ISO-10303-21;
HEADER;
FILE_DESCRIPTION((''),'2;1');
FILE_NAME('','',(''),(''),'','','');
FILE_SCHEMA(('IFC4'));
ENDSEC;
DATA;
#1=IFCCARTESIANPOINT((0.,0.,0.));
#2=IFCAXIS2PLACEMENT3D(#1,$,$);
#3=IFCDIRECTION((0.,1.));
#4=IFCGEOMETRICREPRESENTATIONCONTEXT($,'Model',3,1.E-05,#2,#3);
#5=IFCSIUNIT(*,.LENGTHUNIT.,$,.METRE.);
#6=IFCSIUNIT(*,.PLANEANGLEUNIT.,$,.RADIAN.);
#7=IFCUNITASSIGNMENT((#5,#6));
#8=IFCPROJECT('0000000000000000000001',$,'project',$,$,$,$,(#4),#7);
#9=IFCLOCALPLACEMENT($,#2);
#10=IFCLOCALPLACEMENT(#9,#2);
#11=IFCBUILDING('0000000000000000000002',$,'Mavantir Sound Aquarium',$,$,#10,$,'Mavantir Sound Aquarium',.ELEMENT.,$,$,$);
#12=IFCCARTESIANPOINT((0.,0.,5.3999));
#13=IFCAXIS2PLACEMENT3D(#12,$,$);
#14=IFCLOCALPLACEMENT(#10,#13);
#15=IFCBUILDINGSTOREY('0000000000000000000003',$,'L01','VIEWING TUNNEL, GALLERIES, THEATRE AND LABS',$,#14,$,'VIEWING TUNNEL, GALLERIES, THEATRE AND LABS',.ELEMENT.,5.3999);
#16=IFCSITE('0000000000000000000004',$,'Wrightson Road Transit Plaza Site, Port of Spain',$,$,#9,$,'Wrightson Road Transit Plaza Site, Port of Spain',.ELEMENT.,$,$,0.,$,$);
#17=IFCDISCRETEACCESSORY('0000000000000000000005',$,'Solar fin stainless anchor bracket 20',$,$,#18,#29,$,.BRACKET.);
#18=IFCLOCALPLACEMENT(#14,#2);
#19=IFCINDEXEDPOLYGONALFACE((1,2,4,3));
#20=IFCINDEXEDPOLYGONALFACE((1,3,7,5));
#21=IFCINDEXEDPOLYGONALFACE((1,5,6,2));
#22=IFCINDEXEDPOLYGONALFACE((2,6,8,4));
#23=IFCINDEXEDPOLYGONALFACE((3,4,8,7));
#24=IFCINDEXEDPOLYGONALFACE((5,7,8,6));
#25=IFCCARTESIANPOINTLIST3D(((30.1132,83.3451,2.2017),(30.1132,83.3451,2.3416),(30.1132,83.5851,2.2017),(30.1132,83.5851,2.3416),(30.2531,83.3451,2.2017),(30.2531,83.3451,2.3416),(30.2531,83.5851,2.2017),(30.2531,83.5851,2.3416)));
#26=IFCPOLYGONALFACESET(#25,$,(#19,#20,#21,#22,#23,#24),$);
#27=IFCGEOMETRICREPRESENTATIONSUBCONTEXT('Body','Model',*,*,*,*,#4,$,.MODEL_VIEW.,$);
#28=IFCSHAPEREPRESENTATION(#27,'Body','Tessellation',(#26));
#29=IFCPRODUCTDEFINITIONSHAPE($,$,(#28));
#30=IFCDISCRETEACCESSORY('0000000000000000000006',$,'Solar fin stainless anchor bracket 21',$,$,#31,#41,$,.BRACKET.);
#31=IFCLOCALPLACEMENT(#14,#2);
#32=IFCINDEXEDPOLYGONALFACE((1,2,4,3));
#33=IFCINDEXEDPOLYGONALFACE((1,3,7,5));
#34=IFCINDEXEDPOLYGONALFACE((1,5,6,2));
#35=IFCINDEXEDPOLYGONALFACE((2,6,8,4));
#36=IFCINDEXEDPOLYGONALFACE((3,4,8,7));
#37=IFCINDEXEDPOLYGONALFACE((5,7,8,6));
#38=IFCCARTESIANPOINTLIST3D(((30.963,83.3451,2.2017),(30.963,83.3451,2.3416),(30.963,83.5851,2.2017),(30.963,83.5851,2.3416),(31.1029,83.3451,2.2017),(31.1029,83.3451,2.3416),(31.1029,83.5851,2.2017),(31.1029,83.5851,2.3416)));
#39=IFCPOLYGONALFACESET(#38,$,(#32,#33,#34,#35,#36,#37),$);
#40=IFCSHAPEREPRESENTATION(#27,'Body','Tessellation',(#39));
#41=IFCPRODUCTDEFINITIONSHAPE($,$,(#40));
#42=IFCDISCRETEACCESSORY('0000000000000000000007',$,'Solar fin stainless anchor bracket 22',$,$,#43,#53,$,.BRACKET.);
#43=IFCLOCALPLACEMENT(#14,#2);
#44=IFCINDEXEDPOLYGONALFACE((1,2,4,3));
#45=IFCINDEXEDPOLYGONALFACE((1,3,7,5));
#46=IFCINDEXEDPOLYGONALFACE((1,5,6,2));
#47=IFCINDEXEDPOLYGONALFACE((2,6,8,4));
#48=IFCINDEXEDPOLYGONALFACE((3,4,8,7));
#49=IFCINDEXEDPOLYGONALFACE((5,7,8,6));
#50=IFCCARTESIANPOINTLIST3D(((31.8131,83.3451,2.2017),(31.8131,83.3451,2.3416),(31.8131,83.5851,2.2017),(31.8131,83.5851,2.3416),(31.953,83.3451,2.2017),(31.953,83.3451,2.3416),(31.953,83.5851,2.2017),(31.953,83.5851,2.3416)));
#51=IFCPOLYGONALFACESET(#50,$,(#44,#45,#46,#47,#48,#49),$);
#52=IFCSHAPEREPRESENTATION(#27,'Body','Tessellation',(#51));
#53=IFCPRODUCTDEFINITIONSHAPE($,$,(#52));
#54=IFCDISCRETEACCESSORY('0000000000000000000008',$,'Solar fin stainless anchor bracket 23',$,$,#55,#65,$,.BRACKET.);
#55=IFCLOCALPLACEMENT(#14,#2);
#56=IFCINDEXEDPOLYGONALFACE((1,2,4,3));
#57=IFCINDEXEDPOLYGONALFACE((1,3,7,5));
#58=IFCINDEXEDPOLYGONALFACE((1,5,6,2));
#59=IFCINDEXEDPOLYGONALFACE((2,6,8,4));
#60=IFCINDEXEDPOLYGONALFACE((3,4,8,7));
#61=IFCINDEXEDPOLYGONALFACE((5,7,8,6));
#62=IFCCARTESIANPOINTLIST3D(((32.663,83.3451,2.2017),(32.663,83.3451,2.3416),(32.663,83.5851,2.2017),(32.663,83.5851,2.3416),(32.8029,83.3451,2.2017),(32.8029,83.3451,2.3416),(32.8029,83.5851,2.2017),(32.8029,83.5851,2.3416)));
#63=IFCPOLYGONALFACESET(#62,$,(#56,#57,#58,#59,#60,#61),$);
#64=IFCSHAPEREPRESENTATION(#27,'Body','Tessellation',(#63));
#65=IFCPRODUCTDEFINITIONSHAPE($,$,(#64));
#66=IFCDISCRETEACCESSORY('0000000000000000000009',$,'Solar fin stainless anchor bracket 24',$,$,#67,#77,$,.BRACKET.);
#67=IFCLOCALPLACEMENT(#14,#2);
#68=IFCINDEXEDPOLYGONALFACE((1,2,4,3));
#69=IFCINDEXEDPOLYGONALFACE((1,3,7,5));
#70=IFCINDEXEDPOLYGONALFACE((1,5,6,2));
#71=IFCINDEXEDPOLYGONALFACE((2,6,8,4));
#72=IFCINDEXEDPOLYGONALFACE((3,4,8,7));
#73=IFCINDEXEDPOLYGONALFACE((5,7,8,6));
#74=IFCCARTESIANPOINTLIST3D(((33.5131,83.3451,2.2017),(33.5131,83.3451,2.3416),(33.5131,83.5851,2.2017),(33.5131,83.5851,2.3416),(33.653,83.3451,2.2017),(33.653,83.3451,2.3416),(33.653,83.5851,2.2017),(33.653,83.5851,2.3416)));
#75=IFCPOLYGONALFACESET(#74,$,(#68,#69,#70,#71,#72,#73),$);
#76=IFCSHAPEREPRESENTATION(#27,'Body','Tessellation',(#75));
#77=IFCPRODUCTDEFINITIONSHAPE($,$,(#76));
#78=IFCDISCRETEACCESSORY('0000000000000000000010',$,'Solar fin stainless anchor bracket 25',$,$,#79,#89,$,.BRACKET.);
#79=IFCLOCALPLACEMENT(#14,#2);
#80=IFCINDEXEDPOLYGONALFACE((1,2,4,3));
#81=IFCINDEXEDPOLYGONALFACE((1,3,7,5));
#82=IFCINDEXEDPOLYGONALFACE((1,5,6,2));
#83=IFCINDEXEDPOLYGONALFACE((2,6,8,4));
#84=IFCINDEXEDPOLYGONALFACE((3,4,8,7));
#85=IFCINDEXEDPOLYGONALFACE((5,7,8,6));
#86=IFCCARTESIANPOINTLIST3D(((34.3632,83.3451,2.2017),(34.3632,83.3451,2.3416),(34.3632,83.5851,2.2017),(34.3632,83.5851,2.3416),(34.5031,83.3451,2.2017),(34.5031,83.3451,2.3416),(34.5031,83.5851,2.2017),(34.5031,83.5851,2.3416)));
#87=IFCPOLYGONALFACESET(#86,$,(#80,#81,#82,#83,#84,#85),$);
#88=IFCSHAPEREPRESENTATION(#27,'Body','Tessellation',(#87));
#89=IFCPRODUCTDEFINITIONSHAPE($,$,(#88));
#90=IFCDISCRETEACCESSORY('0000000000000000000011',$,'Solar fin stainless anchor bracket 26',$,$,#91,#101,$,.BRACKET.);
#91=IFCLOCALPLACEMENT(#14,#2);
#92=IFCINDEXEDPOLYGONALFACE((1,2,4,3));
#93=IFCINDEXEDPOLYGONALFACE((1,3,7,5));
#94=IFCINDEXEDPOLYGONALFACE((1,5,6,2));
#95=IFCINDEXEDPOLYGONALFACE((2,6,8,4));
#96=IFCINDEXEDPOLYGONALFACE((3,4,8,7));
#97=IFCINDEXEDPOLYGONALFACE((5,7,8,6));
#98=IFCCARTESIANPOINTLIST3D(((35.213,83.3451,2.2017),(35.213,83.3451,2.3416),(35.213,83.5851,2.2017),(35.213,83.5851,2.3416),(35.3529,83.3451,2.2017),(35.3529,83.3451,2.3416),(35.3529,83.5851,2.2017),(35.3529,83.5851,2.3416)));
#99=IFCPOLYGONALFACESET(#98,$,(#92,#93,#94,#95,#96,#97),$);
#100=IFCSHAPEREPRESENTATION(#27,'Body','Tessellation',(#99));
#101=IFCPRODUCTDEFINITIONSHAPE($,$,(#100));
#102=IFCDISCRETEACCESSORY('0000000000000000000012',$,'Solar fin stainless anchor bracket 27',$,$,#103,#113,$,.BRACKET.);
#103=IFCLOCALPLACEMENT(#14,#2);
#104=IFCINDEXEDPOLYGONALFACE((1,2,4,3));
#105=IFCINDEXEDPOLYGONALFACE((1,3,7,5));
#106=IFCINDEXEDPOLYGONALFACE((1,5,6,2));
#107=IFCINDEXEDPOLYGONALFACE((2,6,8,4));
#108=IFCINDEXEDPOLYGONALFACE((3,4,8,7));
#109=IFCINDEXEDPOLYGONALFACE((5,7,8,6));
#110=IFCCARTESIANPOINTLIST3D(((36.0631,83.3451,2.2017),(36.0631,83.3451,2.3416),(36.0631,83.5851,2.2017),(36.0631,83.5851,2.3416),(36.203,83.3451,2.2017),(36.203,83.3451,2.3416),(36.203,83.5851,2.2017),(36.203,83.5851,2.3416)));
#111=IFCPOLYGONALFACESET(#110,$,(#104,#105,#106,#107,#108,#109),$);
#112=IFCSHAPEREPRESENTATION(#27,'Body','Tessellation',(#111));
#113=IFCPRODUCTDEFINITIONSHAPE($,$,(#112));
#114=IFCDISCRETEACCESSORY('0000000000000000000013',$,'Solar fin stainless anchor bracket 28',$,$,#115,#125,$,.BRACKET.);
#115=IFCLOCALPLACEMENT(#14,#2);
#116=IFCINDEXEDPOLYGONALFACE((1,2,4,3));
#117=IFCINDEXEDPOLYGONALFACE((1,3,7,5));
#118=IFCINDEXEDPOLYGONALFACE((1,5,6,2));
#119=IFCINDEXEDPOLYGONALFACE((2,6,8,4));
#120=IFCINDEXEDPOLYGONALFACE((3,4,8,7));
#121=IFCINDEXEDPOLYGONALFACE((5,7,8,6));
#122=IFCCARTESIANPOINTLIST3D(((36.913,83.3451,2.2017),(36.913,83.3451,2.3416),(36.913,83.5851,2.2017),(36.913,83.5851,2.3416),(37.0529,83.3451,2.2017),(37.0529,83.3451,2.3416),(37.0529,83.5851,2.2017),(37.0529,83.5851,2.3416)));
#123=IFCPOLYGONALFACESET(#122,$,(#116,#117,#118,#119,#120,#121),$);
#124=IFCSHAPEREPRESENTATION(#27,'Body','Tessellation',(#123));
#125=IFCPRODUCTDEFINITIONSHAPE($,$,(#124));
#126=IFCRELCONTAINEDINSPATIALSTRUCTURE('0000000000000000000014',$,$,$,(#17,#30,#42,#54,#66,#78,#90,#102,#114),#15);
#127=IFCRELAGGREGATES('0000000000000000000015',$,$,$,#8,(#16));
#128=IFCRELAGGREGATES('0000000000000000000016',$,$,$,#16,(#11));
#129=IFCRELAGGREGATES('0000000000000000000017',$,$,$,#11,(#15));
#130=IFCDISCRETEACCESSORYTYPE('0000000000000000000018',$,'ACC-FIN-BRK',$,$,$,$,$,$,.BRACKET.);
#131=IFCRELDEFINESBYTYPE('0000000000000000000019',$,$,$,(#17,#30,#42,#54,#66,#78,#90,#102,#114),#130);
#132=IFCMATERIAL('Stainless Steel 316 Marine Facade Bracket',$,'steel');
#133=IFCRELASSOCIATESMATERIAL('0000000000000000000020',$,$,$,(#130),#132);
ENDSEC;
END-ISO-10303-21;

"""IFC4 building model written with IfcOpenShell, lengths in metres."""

from ifc_helpers import new_model, si_unit, direction, frame, origin, origin_2d, place, context, subcontext, project, spatial, rectangle, extrude, material, type_object, element, save


model = new_model("IFC4")

# Units and contexts
model_context = context("Model", 3, precision=1e-05, world=origin(), true_north=direction((0.0, 1.0)))
body_context = subcontext(model_context, "Body", "Model", "MODEL_VIEW")
ifc_project = project(units=[si_unit("LENGTHUNIT", "METRE"), si_unit("PLANEANGLEUNIT", "RADIAN")], contexts=[model_context])

# Site, building, storey
site_placement = place(None, origin())
site = spatial("IfcSite", under=ifc_project, at=site_placement, Name="Wrightson Road Transit Plaza Site, Port of Spain", LongName="Wrightson Road Transit Plaza Site, Port of Spain", CompositionType="ELEMENT", RefElevation=0.0)
building_placement = place(site_placement, origin())
building = spatial("IfcBuilding", under=site, at=building_placement, Name="Mavantir Sound Aquarium", LongName="Mavantir Sound Aquarium", CompositionType="ELEMENT")
storey_placement = place(building_placement, frame((0.0, 0.0, 5.3999)))
storey = spatial("IfcBuildingStorey", under=building, at=storey_placement, Name="L01", Description="VIEWING TUNNEL, GALLERIES, THEATRE AND LABS", LongName="VIEWING TUNNEL, GALLERIES, THEATRE AND LABS", CompositionType="ELEMENT", Elevation=5.3999)

# Discrete accessories
ifc_material_1 = material(Name="Stainless Steel 316 Marine Facade Bracket", Category="steel")
discrete_accessory_type = type_object("IfcDiscreteAccessoryType", Name="ACC-FIN-BRK", PredefinedType="BRACKET", material=ifc_material_1)
for number, where, z_axis, x_axis, name in (
    (1, (30.1831, 83.4651, 2.2017), (0.0, 0.0, 1.0), (-1.0, 0.0, 0.0), "Solar fin stainless anchor bracket 20"),
    (2, (31.033, 83.4651, 2.2017), (0.0, 0.0, 1.0), (-1.0, 0.0, 0.0), "Solar fin stainless anchor bracket 21"),
    (3, (31.8831, 83.4651, 2.2017), (0.0, 0.0, 1.0), (-1.0, 0.0, 0.0), "Solar fin stainless anchor bracket 22"),
    (4, (32.7329, 83.4651, 2.2017), (0.0, 0.0, 1.0), (-1.0, 0.0, 0.0), "Solar fin stainless anchor bracket 23"),
    (5, (33.583, 83.4651, 2.2017), (0.0, 0.0, 1.0), (-1.0, 0.0, 0.0), "Solar fin stainless anchor bracket 24"),
    (6, (34.4331, 83.4651, 2.2017), (0.0, 0.0, 1.0), (-1.0, 0.0, 0.0), "Solar fin stainless anchor bracket 25"),
    (7, (35.283, 83.4651, 2.2017), (0.0, 0.0, 1.0), (-1.0, 0.0, 0.0), "Solar fin stainless anchor bracket 26"),
    (8, (36.1331, 83.4651, 2.2017), (0.0, 0.0, 1.0), (-1.0, 0.0, 0.0), "Solar fin stainless anchor bracket 27"),
    (9, (36.9829, 83.4651, 2.2017), (0.0, 0.0, 1.0), (-1.0, 0.0, 0.0), "Solar fin stainless anchor bracket 28"),
):
    element("IfcDiscreteAccessory", number, at=place(storey_placement, frame(where, z_axis=z_axis, x_axis=x_axis)), inside=storey, type_object=discrete_accessory_type, Name=name, PredefinedType="BRACKET", context=body_context, shape_type="SweptSolid", body=[
        extrude(rectangle(XDim=0.1399, YDim=0.24, at=origin_2d()), origin(), (0.0, 0.0, 1.0), 0.1399),
    ])

save(model, "model.ifc")
